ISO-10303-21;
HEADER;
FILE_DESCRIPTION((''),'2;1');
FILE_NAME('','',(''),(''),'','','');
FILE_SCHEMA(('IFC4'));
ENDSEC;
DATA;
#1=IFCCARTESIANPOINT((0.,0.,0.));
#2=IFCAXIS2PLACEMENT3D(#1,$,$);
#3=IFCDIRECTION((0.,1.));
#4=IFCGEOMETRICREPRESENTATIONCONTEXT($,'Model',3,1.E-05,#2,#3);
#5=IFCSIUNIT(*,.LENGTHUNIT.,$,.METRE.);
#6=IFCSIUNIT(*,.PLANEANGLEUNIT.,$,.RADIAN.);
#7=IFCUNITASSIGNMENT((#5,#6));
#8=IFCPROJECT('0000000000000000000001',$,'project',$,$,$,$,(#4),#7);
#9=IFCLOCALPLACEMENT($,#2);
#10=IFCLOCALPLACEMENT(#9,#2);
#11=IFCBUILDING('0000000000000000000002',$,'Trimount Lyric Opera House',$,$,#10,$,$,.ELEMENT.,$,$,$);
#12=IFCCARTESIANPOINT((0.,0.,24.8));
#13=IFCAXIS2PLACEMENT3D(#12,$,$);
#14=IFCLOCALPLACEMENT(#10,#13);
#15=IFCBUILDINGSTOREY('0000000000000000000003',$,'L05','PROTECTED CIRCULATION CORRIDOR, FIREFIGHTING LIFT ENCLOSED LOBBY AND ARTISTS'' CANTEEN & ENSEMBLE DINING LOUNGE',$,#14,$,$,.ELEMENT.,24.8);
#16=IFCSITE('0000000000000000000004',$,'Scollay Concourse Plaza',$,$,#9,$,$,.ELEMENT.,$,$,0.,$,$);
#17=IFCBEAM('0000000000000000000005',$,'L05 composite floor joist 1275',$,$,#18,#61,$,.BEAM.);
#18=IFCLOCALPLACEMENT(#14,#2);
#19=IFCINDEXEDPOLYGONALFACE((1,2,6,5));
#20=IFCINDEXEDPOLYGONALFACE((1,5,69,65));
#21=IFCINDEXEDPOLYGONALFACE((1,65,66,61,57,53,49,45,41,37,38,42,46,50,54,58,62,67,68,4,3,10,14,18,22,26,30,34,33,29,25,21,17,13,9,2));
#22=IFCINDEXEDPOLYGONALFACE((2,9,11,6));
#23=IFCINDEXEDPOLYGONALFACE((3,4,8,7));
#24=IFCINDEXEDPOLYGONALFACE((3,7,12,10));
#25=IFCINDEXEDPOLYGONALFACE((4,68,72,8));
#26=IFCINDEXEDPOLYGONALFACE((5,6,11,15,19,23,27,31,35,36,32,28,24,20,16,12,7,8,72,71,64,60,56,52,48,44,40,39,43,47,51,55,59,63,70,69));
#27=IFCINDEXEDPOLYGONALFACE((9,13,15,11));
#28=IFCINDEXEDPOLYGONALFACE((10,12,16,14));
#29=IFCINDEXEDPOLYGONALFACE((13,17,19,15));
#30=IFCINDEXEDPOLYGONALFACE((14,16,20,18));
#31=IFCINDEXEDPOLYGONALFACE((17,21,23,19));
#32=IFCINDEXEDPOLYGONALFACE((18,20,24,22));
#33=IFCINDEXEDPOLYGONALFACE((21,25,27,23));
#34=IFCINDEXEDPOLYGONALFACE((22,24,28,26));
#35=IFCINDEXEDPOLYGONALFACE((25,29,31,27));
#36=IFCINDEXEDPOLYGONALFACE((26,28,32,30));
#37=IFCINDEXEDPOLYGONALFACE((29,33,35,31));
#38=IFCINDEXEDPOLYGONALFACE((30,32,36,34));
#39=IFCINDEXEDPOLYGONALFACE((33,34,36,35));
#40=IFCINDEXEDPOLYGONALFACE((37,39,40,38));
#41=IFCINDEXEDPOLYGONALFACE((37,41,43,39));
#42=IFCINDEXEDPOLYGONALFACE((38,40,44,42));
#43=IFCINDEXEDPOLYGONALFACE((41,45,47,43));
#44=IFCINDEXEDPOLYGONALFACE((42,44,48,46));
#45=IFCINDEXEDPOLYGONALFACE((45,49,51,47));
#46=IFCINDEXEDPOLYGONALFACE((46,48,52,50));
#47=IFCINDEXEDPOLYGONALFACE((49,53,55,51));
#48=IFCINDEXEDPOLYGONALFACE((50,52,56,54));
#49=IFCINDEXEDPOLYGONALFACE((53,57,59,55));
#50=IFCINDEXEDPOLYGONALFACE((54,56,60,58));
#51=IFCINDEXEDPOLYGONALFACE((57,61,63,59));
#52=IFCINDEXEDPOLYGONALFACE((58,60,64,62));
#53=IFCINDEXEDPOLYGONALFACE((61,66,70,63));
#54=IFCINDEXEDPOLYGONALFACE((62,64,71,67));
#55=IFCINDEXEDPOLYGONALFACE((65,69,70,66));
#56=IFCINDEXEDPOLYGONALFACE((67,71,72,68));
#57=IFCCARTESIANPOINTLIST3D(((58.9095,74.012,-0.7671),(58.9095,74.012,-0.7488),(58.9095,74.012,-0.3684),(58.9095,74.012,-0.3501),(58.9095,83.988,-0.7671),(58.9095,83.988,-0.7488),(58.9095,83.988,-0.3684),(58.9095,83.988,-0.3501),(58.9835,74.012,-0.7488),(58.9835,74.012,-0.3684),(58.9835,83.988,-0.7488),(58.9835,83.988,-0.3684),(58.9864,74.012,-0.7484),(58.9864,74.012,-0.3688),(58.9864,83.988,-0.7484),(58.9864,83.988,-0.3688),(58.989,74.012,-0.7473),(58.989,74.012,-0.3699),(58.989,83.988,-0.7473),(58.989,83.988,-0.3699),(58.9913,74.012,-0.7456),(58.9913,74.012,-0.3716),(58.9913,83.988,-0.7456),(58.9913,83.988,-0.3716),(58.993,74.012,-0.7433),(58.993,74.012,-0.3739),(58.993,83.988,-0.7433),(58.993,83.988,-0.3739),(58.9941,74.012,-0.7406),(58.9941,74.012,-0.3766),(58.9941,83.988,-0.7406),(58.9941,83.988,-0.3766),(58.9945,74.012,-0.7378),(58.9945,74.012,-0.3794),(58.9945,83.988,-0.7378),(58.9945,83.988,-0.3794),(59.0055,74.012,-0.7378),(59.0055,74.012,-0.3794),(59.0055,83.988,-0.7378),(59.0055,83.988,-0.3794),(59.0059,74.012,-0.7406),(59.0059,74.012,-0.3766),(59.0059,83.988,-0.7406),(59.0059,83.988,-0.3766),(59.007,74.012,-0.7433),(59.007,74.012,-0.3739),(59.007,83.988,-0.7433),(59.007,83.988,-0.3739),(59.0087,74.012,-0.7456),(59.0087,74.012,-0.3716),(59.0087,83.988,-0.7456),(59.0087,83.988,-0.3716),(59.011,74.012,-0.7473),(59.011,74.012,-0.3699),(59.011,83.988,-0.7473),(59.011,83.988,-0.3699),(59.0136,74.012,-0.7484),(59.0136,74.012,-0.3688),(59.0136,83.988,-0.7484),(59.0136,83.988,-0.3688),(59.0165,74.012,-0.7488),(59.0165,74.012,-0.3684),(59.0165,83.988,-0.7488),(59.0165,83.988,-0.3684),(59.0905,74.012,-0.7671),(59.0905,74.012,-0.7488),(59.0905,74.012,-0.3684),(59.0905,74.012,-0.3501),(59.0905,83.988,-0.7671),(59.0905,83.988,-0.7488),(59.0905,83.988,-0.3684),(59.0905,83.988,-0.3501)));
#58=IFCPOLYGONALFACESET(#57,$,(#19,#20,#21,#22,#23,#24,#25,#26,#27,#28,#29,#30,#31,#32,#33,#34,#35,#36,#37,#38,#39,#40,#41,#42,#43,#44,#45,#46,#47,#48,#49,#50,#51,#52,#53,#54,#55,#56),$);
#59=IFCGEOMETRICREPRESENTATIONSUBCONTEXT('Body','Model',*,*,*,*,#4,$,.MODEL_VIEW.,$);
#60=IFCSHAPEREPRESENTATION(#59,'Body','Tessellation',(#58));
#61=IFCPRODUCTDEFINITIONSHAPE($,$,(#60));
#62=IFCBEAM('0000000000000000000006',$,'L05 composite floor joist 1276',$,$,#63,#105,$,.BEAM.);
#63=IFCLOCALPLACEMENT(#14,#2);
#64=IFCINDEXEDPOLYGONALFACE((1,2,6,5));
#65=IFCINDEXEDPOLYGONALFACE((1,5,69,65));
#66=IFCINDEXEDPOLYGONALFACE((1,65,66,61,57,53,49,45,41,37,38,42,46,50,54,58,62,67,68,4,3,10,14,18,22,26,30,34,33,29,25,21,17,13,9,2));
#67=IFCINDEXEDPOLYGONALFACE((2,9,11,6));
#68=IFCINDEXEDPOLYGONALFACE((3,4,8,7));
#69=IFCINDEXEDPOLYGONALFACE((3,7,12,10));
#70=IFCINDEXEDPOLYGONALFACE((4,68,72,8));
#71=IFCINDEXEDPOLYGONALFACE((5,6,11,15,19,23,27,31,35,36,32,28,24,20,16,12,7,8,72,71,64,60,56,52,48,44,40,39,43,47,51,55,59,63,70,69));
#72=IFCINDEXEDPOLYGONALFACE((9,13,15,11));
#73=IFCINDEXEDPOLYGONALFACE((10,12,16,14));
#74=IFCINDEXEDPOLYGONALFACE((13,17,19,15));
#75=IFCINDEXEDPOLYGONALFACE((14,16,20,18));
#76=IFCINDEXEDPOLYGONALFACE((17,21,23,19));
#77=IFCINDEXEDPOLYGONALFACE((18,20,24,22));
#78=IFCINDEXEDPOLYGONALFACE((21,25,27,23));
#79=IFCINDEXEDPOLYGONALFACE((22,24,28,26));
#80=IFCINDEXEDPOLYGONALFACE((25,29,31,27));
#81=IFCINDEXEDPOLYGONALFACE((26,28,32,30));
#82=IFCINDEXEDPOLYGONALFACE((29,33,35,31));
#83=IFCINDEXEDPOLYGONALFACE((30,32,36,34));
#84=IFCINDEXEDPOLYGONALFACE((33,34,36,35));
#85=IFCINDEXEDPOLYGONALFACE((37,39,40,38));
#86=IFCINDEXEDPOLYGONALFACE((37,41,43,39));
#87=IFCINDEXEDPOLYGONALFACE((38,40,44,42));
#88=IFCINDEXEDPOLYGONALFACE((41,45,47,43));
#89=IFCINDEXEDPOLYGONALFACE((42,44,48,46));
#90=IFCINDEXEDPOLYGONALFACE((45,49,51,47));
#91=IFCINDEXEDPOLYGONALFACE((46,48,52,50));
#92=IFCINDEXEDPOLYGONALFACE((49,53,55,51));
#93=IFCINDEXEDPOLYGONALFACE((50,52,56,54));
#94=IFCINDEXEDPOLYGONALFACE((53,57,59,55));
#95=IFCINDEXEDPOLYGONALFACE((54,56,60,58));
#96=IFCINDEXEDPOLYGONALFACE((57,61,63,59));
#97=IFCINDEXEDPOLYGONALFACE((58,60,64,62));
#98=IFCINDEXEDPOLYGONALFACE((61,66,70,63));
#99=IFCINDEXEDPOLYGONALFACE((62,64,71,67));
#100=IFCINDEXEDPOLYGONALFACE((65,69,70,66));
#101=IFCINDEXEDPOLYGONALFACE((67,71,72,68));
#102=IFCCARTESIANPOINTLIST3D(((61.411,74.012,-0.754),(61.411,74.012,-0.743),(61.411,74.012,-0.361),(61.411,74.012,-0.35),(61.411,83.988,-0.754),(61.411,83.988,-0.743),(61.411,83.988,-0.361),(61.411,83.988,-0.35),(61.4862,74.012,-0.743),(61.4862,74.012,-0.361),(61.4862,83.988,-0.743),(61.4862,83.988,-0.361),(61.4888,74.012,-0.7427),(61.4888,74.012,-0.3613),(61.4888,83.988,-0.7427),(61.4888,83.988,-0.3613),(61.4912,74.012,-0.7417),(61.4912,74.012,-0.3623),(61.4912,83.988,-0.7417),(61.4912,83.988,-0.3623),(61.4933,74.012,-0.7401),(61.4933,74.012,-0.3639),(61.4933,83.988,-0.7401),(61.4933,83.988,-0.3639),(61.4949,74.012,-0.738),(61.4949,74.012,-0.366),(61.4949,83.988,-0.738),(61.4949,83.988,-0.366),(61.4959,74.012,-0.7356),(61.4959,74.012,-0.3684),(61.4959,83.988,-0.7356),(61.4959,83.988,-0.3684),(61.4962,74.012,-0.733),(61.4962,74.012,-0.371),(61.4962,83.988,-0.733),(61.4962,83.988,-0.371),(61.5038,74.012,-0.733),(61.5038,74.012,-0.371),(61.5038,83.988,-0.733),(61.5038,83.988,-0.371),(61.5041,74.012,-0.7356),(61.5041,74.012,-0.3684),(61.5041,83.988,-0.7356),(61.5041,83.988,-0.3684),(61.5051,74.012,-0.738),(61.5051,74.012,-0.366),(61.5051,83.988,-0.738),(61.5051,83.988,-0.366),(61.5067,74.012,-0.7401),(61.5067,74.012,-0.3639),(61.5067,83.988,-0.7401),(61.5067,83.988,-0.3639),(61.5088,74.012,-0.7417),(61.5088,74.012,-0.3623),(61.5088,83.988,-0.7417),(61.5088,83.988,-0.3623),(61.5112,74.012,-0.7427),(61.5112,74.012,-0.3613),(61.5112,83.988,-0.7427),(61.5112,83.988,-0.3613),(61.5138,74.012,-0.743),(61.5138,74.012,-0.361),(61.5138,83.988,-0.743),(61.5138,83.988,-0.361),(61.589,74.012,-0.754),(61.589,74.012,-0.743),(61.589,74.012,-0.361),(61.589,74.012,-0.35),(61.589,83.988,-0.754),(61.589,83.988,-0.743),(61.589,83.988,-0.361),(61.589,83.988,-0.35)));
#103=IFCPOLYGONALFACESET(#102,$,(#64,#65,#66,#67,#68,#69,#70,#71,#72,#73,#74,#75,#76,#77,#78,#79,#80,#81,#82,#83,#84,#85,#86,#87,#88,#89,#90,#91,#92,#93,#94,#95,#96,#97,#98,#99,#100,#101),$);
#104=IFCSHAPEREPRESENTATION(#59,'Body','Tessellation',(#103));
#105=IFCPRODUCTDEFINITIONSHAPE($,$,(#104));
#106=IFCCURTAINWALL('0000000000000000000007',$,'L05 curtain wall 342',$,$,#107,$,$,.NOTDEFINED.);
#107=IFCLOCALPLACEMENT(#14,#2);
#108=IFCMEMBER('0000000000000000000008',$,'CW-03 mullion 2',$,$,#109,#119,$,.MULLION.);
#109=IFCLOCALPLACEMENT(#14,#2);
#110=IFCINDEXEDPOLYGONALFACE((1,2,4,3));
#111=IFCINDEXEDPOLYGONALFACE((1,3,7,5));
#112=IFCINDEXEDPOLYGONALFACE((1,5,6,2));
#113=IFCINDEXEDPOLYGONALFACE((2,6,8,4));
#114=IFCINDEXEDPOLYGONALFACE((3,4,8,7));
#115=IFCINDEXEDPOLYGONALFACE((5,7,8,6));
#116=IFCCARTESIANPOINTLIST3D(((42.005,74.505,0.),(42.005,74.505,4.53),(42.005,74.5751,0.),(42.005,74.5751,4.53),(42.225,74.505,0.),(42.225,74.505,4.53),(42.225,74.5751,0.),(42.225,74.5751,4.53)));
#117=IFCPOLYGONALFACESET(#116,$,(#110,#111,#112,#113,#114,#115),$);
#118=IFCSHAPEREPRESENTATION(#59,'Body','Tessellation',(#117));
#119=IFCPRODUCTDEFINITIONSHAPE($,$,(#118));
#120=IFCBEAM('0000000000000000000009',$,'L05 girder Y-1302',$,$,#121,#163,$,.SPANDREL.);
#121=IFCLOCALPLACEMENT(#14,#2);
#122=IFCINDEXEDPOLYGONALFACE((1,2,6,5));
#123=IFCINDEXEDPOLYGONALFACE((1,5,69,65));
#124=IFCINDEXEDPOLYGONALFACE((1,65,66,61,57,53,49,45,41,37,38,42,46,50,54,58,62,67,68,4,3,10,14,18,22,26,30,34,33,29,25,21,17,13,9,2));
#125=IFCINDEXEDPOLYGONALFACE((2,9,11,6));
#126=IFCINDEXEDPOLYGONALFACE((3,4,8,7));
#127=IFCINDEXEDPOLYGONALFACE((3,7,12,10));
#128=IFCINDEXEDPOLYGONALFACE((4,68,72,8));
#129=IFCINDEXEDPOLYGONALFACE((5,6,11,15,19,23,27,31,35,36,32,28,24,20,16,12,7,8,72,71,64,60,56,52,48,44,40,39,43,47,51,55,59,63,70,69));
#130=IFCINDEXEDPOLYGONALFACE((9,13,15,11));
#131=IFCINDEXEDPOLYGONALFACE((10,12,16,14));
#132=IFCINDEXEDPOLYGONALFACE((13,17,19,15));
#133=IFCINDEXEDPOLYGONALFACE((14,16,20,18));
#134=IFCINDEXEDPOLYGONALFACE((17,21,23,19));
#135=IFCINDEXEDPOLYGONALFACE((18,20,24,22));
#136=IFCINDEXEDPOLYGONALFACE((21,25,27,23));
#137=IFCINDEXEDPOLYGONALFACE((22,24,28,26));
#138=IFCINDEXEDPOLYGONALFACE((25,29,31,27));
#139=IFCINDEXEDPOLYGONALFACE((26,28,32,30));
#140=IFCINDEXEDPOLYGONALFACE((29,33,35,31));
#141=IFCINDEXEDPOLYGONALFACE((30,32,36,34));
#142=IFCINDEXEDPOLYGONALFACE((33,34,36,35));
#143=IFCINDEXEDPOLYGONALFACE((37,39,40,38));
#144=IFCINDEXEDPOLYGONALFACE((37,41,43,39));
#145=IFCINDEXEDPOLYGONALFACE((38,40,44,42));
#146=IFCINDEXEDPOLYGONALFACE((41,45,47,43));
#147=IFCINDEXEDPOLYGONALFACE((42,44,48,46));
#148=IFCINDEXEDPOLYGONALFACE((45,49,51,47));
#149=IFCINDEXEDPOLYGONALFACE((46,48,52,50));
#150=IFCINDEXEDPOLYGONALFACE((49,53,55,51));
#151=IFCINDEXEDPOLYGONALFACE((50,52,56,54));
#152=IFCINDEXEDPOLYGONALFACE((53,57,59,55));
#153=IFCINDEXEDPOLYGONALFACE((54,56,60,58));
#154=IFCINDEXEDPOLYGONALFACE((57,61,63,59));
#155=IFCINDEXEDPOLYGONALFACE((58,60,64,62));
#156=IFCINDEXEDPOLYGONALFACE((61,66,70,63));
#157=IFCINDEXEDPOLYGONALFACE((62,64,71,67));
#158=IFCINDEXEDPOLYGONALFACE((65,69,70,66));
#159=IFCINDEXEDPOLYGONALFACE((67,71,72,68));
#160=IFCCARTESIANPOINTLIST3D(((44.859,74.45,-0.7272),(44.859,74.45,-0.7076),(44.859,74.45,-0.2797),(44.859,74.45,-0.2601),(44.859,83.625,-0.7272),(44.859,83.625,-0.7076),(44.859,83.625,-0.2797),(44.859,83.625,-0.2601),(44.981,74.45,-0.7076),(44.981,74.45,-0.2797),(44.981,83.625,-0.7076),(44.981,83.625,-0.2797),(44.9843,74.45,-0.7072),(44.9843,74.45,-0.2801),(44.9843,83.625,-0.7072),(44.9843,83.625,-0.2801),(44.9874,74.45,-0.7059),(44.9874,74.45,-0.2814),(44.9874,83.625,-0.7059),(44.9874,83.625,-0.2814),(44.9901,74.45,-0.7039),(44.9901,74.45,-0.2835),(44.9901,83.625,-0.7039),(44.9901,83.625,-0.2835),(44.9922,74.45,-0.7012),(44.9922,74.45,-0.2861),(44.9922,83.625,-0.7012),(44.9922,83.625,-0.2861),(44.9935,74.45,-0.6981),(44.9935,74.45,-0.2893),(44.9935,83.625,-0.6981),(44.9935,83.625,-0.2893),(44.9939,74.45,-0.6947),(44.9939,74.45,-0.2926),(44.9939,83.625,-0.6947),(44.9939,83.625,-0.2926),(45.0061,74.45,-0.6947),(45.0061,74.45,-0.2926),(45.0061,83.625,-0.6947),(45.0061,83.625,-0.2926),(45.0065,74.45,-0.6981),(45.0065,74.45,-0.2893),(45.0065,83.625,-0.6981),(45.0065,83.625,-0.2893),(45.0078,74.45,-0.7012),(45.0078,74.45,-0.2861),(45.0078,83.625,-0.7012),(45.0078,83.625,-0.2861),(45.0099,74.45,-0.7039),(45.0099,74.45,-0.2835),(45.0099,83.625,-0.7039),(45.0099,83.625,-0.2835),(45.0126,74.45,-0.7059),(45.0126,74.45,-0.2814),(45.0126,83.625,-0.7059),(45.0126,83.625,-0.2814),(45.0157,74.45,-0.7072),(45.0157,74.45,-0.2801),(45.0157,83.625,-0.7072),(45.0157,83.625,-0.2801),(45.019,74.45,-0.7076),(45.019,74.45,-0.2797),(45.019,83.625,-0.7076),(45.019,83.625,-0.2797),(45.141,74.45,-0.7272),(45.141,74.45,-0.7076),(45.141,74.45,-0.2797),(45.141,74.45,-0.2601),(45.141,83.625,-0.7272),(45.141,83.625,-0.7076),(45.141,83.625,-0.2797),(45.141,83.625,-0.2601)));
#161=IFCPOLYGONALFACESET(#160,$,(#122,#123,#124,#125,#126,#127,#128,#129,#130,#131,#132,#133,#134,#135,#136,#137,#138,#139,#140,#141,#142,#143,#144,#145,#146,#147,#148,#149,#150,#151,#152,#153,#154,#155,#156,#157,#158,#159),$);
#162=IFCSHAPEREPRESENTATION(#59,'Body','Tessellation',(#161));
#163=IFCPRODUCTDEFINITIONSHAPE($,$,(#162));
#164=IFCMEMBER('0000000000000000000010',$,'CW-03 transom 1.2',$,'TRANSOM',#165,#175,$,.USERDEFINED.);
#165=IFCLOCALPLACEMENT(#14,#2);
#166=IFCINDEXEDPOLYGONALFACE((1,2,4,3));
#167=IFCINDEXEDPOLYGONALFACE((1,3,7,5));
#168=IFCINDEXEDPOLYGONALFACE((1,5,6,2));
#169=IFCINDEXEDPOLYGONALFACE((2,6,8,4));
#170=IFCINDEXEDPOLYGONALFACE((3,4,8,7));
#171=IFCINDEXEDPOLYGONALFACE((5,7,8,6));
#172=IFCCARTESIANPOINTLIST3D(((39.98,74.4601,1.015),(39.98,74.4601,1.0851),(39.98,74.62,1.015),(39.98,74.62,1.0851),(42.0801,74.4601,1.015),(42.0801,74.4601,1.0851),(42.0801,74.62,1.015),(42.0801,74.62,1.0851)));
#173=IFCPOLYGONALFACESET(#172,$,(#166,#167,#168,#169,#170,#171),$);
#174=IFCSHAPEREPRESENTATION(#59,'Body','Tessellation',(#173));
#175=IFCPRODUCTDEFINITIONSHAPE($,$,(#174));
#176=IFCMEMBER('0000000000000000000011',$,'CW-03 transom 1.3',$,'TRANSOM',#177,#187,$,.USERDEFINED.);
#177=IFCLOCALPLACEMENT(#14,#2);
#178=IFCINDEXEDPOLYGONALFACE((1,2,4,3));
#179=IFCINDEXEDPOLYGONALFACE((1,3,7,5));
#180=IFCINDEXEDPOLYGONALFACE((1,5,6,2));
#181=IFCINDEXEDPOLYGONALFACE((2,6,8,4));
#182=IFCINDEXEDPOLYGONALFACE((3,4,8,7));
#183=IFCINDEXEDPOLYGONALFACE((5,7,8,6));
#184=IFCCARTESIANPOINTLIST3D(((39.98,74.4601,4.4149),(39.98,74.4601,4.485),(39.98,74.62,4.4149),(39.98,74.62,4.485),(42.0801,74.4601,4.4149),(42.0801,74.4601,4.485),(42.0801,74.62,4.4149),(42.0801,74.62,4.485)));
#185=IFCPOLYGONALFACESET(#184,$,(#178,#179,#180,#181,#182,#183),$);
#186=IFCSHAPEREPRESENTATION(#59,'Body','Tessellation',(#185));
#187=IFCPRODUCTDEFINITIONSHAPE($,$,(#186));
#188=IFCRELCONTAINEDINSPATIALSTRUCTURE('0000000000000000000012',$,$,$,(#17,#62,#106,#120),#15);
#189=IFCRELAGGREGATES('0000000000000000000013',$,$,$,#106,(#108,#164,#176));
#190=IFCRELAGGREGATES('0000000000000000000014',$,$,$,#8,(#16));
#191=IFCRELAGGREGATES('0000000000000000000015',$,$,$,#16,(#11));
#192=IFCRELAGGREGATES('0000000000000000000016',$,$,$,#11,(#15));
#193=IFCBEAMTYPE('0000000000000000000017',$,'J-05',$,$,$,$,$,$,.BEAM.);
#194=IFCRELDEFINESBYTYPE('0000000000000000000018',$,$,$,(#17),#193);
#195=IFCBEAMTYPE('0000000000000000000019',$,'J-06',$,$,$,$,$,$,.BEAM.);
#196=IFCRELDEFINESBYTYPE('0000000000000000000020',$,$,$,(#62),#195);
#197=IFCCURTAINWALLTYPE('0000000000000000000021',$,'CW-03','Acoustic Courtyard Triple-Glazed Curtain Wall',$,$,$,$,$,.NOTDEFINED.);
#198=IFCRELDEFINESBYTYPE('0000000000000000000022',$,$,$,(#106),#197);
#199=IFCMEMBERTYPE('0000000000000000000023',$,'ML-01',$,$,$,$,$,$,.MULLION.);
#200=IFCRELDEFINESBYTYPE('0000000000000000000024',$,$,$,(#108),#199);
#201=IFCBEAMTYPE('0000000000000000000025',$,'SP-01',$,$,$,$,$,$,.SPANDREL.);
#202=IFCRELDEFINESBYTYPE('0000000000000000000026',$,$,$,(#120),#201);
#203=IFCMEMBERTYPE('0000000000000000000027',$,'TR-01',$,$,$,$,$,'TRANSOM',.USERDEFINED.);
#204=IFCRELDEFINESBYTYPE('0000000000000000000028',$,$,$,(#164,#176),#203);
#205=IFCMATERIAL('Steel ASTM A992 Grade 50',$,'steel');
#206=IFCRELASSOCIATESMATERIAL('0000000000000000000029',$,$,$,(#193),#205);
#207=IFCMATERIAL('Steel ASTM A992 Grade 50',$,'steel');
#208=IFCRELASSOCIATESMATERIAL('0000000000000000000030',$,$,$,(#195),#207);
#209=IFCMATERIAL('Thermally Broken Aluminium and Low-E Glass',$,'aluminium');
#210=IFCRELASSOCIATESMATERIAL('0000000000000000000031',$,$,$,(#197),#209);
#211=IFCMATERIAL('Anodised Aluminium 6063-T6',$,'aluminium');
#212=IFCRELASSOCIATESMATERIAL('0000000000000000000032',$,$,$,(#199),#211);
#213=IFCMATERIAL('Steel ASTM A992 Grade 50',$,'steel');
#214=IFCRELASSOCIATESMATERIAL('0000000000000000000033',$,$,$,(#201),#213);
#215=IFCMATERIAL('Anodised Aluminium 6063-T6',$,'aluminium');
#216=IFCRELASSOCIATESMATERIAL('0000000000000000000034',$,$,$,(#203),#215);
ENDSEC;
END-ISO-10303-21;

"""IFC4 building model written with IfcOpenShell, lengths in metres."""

from ifc_helpers import new_model, si_unit, direction, frame, origin, origin_2d, place, context, subcontext, project, spatial, rectangle, i_section, extrude, material, material_profile, profile_set, type_object, element, aggregate, save


model = new_model("IFC4")

# Units and contexts
model_context = context("Model", 3, precision=1e-05, world=origin(), true_north=direction((0.0, 1.0)))
body_context = subcontext(model_context, "Body", "Model", "MODEL_VIEW")
ifc_project = project(units=[si_unit("LENGTHUNIT", "METRE"), si_unit("PLANEANGLEUNIT", "RADIAN")], contexts=[model_context])

# Site, building, storey
site_placement = place(None, origin())
site = spatial("IfcSite", under=ifc_project, at=site_placement, Name="Scollay Concourse Plaza", CompositionType="ELEMENT", RefElevation=0.0)
building_placement = place(site_placement, origin())
building = spatial("IfcBuilding", under=site, at=building_placement, Name="Trimount Lyric Opera House", CompositionType="ELEMENT")
storey_placement = place(building_placement, frame((0.0, 0.0, 24.8)))
storey = spatial("IfcBuildingStorey", under=building, at=storey_placement, Name="L05", Description="PROTECTED CIRCULATION CORRIDOR, FIREFIGHTING LIFT ENCLOSED LOBBY AND ARTISTS' CANTEEN & ENSEMBLE DINING LOUNGE", CompositionType="ELEMENT", Elevation=24.8)

# Beams
ifc_material_1 = material(Name="Steel ASTM A992 Grade 50", Category="steel")
ifc_material_profile_1 = material_profile(ifc_material_1, i_section(OverallWidth=0.1809, OverallDepth=0.417, WebThickness=0.011, FlangeThickness=0.0183, FilletRadius=0.011, at=origin_2d()), Name="W16X57")
ifc_profile_set_1 = profile_set([ifc_material_profile_1], Name="Steel ASTM A992 Grade 50")
beam_type_1 = type_object("IfcBeamType", Name="J-05", PredefinedType="BEAM", material=ifc_profile_set_1)
for number, where, z_axis, x_axis, name in (
    (1, (59.0, 74.012, -0.5586), (0.0, 1.0, 0.0), (-1.0, 0.0, 0.0), "L05 composite floor joist 1275"),
):
    element("IfcBeam", number, at=place(storey_placement, frame(where, z_axis=z_axis, x_axis=x_axis)), inside=storey, type_object=beam_type_1, Name=name, PredefinedType="BEAM", context=body_context, shape_type="SweptSolid", body=[
        extrude(i_section(OverallWidth=0.1809, OverallDepth=0.417, WebThickness=0.011, FlangeThickness=0.0183, FilletRadius=0.011, at=origin_2d()), origin(), (0.0, 0.0, 1.0), 9.9761),
    ])
ifc_material_2 = material(Name="Steel ASTM A992 Grade 50", Category="steel")
ifc_material_profile_2 = material_profile(ifc_material_2, i_section(OverallWidth=0.178, OverallDepth=0.4041, WebThickness=0.0076, FlangeThickness=0.011, FilletRadius=0.01, at=origin_2d()), Name="W16X36")
ifc_profile_set_2 = profile_set([ifc_material_profile_2], Name="Steel ASTM A992 Grade 50")
beam_type_2 = type_object("IfcBeamType", Name="J-06", PredefinedType="BEAM", material=ifc_profile_set_2)
beam_1_placement = place(storey_placement, frame((61.5, 74.012, -0.552), z_axis=(0.0, 1.0, 0.0), x_axis=(-1.0, 0.0, 0.0)))
element("IfcBeam", 2, at=beam_1_placement, inside=storey, type_object=beam_type_2, Name="L05 composite floor joist 1276", PredefinedType="BEAM", context=body_context, shape_type="SweptSolid", body=[
    extrude(i_section(OverallWidth=0.178, OverallDepth=0.4041, WebThickness=0.0076, FlangeThickness=0.011, FilletRadius=0.01, at=origin_2d()), origin(), (0.0, 0.0, 1.0), 9.9761),
])

# Curtain wall, member
ifc_material_3 = material(Name="Thermally Broken Aluminium and Low-E Glass", Category="aluminium")
curtain_wall_type = type_object("IfcCurtainWallType", Name="CW-03", Description="Acoustic Courtyard Triple-Glazed Curtain Wall", PredefinedType="NOTDEFINED", material=ifc_material_3)
curtain_wall_placement = place(storey_placement, origin())
curtain_wall = element("IfcCurtainWall", 3, at=curtain_wall_placement, inside=storey, type_object=curtain_wall_type, Name="L05 curtain wall 342", PredefinedType="NOTDEFINED")
ifc_material_4 = material(Name="Anodised Aluminium 6063-T6", Category="aluminium")
ifc_material_profile_3 = material_profile(ifc_material_4, rectangle(XDim=0.0701, YDim=0.22, at=origin_2d()), Name="ALU-MULL-70X220")
ifc_profile_set_3 = profile_set([ifc_material_profile_3], Name="Anodised Aluminium 6063-T6")
member_type_1 = type_object("IfcMemberType", Name="ML-01", PredefinedType="MULLION", material=ifc_profile_set_3)
member_1_placement = place(storey_placement, frame((42.115, 74.54, 0.0), z_axis=(0.0, 0.0, 1.0), x_axis=(0.0, 1.0, 0.0)))
member_1 = element("IfcMember", 4, at=member_1_placement, type_object=member_type_1, Name="CW-03 mullion 2", PredefinedType="MULLION", context=body_context, shape_type="SweptSolid", body=[
    extrude(rectangle(XDim=0.0701, YDim=0.22, at=origin_2d()), origin(), (0.0, 0.0, 1.0), 4.53),
])

# Beam
ifc_material_5 = material(Name="Steel ASTM A992 Grade 50", Category="steel")
ifc_material_profile_4 = material_profile(ifc_material_5, i_section(OverallWidth=0.282, OverallDepth=0.467, WebThickness=0.0122, FlangeThickness=0.0195, FilletRadius=0.0129, at=origin_2d()), Name="W18X86")
ifc_profile_set_4 = profile_set([ifc_material_profile_4], Name="Steel ASTM A992 Grade 50")
beam_type_3 = type_object("IfcBeamType", Name="SP-01", PredefinedType="SPANDREL", material=ifc_profile_set_4)
beam_2_placement = place(storey_placement, frame((45.0, 74.45, -0.4937), z_axis=(0.0, 1.0, 0.0), x_axis=(-1.0, 0.0, 0.0)))
element("IfcBeam", 5, at=beam_2_placement, inside=storey, type_object=beam_type_3, Name="L05 girder Y-1302", PredefinedType="SPANDREL", context=body_context, shape_type="SweptSolid", body=[
    extrude(i_section(OverallWidth=0.282, OverallDepth=0.467, WebThickness=0.0122, FlangeThickness=0.0195, FilletRadius=0.0129, at=origin_2d()), origin(), (0.0, 0.0, 1.0), 9.175),
])

# Members
ifc_material_6 = material(Name="Anodised Aluminium 6063-T6", Category="aluminium")
ifc_material_profile_5 = material_profile(ifc_material_6, rectangle(XDim=0.1599, YDim=0.0701, at=origin_2d()), Name="ALU-TRAN-70X160")
ifc_profile_set_5 = profile_set([ifc_material_profile_5], Name="Anodised Aluminium 6063-T6")
member_type_2 = type_object("IfcMemberType", Name="TR-01", ElementType="TRANSOM", PredefinedType="USERDEFINED", material=ifc_profile_set_5)
member_2_placement = place(storey_placement, frame((39.98, 74.54, 1.05), z_axis=(1.0, 0.0, 0.0), x_axis=(0.0, 1.0, 0.0)))
member_2 = element("IfcMember", 6, at=member_2_placement, type_object=member_type_2, Name="CW-03 transom 1.2", ObjectType="TRANSOM", PredefinedType="USERDEFINED", context=body_context, shape_type="SweptSolid", body=[
    extrude(rectangle(XDim=0.1599, YDim=0.0701, at=origin_2d()), origin(), (0.0, 0.0, 1.0), 2.1001),
])
member_3_placement = place(storey_placement, frame((39.98, 74.54, 4.45), z_axis=(1.0, 0.0, 0.0), x_axis=(0.0, 1.0, 0.0)))
member_3 = element("IfcMember", 7, at=member_3_placement, type_object=member_type_2, Name="CW-03 transom 1.3", ObjectType="TRANSOM", PredefinedType="USERDEFINED", context=body_context, shape_type="SweptSolid", body=[
    extrude(rectangle(XDim=0.1599, YDim=0.0701, at=origin_2d()), origin(), (0.0, 0.0, 1.0), 2.1001),
])

aggregate(curtain_wall, [member_1, member_2, member_3])

save(model, "model.ifc")
